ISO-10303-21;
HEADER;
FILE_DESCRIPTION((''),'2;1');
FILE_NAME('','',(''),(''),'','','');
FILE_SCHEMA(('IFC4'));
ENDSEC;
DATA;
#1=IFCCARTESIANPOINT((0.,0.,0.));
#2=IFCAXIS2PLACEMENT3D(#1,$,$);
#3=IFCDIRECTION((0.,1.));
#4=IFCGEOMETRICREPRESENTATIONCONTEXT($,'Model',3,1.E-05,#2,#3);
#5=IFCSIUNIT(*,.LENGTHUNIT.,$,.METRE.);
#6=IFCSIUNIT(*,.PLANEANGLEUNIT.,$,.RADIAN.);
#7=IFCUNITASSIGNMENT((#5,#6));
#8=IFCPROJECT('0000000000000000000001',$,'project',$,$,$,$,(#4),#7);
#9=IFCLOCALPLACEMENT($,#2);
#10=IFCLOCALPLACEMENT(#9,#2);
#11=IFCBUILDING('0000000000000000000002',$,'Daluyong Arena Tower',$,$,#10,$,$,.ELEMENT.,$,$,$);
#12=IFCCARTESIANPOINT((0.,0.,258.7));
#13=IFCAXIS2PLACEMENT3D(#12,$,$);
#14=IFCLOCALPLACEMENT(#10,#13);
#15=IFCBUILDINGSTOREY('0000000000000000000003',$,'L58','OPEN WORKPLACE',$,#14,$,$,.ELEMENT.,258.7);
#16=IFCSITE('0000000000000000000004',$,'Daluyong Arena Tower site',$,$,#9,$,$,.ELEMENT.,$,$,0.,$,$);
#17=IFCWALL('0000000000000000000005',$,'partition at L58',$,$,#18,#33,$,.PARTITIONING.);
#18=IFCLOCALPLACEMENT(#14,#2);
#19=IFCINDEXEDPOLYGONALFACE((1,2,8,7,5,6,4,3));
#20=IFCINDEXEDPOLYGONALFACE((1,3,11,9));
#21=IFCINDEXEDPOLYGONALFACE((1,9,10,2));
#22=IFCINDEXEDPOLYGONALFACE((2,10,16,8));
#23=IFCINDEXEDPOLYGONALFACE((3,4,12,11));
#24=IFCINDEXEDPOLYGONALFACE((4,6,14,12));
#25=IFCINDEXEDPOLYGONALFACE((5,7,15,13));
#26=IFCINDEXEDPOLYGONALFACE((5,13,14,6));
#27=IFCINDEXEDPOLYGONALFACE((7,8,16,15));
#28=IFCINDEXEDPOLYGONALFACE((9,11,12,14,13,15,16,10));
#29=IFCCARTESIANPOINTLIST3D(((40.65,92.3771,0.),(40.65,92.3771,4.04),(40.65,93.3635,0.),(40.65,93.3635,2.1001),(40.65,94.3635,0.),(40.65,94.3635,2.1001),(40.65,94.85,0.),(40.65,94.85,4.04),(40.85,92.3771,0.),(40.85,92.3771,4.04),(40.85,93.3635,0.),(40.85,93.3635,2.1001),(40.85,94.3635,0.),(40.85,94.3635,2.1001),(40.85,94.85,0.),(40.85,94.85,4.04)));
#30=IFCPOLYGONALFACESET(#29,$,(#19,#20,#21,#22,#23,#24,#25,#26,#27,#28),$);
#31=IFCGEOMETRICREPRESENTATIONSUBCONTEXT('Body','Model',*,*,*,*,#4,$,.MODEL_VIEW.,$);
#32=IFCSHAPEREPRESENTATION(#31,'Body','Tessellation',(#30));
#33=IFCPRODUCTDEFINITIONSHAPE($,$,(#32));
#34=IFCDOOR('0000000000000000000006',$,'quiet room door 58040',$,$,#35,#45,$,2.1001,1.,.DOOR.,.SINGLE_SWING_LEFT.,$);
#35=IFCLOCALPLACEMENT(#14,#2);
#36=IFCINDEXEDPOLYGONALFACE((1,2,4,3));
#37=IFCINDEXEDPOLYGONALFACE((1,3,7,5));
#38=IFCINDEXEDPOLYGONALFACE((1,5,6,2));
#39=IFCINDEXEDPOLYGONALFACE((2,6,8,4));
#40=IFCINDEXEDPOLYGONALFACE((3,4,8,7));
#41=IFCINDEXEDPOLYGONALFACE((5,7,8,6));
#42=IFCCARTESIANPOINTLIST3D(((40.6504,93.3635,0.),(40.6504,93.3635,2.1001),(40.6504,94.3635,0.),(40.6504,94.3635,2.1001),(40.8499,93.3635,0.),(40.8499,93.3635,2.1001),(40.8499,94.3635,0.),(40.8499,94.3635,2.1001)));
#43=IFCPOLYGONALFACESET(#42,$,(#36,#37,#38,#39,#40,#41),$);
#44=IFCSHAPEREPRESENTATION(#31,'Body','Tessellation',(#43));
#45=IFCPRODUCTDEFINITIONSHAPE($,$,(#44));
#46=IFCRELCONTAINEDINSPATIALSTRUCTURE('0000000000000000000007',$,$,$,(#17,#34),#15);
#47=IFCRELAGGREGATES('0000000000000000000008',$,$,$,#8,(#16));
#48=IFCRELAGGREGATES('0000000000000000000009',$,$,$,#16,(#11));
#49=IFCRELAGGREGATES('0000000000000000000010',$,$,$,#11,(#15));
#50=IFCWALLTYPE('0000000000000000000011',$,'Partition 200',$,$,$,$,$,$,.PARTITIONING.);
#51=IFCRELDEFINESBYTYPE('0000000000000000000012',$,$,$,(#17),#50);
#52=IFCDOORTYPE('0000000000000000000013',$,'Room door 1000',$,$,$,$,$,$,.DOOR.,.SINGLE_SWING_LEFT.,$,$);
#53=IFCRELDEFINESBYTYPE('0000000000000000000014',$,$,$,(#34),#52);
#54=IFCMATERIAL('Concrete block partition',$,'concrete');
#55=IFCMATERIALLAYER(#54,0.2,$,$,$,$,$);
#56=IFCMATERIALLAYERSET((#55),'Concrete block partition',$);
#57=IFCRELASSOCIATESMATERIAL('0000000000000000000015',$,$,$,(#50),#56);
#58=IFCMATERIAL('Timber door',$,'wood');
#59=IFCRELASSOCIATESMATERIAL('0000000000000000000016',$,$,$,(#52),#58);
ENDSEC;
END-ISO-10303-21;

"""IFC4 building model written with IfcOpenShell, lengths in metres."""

from ifc_helpers import new_model, si_unit, direction, frame, frame_2d, origin, place, context, subcontext, project, spatial, rectangle, extrude, material, layer, layer_set, type_object, element, fill, save


model = new_model("IFC4")

# Units and contexts
model_context = context("Model", 3, precision=1e-05, world=origin(), true_north=direction((0.0, 1.0)))
body_context = subcontext(model_context, "Body", "Model", "MODEL_VIEW")
ifc_project = project(units=[si_unit("LENGTHUNIT", "METRE"), si_unit("PLANEANGLEUNIT", "RADIAN")], contexts=[model_context])

# Site, building, storey
site_placement = place(None, origin())
site = spatial("IfcSite", under=ifc_project, at=site_placement, Name="Daluyong Arena Tower site", CompositionType="ELEMENT", RefElevation=0.0)
building_placement = place(site_placement, origin())
building = spatial("IfcBuilding", under=site, at=building_placement, Name="Daluyong Arena Tower", CompositionType="ELEMENT")
storey_placement = place(building_placement, frame((0.0, 0.0, 258.7)))
storey = spatial("IfcBuildingStorey", under=building, at=storey_placement, Name="L58", Description="OPEN WORKPLACE", CompositionType="ELEMENT", Elevation=258.7)

# Shared definitions
ifc_material_1 = material(Name="Concrete block partition", Category="concrete")
ifc_layer_1 = layer(ifc_material_1, 0.2)
ifc_layer_set_1 = layer_set([ifc_layer_1], Name="Concrete block partition")
wall_type_1 = type_object("IfcWallType", Name="Partition 200", PredefinedType="PARTITIONING", material=ifc_layer_set_1)

# Wall, opening, door
wall_1_placement = place(storey_placement, frame((40.75, 92.3772, 0.0), z_axis=(0.0, 0.0, 1.0), x_axis=(0.0, 1.0, 0.0)))
wall_1 = element("IfcWall", 1, at=wall_1_placement, inside=storey, type_object=wall_type_1, Name="partition at L58", PredefinedType="PARTITIONING", context=body_context, shape_type="SweptSolid", body=[
    extrude(rectangle(XDim=2.4729, YDim=0.2, at=frame_2d((1.2363, 0.0))), origin(), (0.0, 0.0, 1.0), 4.04),
])
opening_1_placement = place(wall_1_placement, frame((0.9863, 0.0, 0.0)))
opening_1 = element("IfcOpeningElement", 2, at=opening_1_placement, cuts=wall_1, PredefinedType="OPENING", context=body_context, shape_type="SweptSolid", body=[
    extrude(rectangle(XDim=1.0, YDim=2.1001, at=frame_2d((0.5, 1.05))), frame((0.0, 0.1099, 0.0), z_axis=(0.0, -1.0, 0.0), x_axis=(1.0, 0.0, 0.0)), (0.0, 0.0, 1.0), 0.22),
])
ifc_material_2 = material(Name="Timber door", Category="wood")
door_type_1 = type_object("IfcDoorType", Name="Room door 1000", OperationType="SINGLE_SWING_LEFT", PredefinedType="DOOR", material=ifc_material_2)
door_1_placement = place(opening_1_placement, origin())
door_1 = element("IfcDoor", 3, at=door_1_placement, inside=storey, type_object=door_type_1, Name="quiet room door 58040", OperationType="SINGLE_SWING_LEFT", OverallHeight=2.1001, OverallWidth=1.0, PredefinedType="DOOR", context=body_context, shape_type="SweptSolid", body=[
    extrude(rectangle(XDim=1.0, YDim=2.1001, at=frame_2d((0.5, 1.05))), frame((0.0, 0.0996, 0.0), z_axis=(0.0, -1.0, 0.0), x_axis=(1.0, 0.0, 0.0)), (0.0, 0.0, 1.0), 0.1995),
])
fill(opening_1, door_1)

save(model, "model.ifc")
